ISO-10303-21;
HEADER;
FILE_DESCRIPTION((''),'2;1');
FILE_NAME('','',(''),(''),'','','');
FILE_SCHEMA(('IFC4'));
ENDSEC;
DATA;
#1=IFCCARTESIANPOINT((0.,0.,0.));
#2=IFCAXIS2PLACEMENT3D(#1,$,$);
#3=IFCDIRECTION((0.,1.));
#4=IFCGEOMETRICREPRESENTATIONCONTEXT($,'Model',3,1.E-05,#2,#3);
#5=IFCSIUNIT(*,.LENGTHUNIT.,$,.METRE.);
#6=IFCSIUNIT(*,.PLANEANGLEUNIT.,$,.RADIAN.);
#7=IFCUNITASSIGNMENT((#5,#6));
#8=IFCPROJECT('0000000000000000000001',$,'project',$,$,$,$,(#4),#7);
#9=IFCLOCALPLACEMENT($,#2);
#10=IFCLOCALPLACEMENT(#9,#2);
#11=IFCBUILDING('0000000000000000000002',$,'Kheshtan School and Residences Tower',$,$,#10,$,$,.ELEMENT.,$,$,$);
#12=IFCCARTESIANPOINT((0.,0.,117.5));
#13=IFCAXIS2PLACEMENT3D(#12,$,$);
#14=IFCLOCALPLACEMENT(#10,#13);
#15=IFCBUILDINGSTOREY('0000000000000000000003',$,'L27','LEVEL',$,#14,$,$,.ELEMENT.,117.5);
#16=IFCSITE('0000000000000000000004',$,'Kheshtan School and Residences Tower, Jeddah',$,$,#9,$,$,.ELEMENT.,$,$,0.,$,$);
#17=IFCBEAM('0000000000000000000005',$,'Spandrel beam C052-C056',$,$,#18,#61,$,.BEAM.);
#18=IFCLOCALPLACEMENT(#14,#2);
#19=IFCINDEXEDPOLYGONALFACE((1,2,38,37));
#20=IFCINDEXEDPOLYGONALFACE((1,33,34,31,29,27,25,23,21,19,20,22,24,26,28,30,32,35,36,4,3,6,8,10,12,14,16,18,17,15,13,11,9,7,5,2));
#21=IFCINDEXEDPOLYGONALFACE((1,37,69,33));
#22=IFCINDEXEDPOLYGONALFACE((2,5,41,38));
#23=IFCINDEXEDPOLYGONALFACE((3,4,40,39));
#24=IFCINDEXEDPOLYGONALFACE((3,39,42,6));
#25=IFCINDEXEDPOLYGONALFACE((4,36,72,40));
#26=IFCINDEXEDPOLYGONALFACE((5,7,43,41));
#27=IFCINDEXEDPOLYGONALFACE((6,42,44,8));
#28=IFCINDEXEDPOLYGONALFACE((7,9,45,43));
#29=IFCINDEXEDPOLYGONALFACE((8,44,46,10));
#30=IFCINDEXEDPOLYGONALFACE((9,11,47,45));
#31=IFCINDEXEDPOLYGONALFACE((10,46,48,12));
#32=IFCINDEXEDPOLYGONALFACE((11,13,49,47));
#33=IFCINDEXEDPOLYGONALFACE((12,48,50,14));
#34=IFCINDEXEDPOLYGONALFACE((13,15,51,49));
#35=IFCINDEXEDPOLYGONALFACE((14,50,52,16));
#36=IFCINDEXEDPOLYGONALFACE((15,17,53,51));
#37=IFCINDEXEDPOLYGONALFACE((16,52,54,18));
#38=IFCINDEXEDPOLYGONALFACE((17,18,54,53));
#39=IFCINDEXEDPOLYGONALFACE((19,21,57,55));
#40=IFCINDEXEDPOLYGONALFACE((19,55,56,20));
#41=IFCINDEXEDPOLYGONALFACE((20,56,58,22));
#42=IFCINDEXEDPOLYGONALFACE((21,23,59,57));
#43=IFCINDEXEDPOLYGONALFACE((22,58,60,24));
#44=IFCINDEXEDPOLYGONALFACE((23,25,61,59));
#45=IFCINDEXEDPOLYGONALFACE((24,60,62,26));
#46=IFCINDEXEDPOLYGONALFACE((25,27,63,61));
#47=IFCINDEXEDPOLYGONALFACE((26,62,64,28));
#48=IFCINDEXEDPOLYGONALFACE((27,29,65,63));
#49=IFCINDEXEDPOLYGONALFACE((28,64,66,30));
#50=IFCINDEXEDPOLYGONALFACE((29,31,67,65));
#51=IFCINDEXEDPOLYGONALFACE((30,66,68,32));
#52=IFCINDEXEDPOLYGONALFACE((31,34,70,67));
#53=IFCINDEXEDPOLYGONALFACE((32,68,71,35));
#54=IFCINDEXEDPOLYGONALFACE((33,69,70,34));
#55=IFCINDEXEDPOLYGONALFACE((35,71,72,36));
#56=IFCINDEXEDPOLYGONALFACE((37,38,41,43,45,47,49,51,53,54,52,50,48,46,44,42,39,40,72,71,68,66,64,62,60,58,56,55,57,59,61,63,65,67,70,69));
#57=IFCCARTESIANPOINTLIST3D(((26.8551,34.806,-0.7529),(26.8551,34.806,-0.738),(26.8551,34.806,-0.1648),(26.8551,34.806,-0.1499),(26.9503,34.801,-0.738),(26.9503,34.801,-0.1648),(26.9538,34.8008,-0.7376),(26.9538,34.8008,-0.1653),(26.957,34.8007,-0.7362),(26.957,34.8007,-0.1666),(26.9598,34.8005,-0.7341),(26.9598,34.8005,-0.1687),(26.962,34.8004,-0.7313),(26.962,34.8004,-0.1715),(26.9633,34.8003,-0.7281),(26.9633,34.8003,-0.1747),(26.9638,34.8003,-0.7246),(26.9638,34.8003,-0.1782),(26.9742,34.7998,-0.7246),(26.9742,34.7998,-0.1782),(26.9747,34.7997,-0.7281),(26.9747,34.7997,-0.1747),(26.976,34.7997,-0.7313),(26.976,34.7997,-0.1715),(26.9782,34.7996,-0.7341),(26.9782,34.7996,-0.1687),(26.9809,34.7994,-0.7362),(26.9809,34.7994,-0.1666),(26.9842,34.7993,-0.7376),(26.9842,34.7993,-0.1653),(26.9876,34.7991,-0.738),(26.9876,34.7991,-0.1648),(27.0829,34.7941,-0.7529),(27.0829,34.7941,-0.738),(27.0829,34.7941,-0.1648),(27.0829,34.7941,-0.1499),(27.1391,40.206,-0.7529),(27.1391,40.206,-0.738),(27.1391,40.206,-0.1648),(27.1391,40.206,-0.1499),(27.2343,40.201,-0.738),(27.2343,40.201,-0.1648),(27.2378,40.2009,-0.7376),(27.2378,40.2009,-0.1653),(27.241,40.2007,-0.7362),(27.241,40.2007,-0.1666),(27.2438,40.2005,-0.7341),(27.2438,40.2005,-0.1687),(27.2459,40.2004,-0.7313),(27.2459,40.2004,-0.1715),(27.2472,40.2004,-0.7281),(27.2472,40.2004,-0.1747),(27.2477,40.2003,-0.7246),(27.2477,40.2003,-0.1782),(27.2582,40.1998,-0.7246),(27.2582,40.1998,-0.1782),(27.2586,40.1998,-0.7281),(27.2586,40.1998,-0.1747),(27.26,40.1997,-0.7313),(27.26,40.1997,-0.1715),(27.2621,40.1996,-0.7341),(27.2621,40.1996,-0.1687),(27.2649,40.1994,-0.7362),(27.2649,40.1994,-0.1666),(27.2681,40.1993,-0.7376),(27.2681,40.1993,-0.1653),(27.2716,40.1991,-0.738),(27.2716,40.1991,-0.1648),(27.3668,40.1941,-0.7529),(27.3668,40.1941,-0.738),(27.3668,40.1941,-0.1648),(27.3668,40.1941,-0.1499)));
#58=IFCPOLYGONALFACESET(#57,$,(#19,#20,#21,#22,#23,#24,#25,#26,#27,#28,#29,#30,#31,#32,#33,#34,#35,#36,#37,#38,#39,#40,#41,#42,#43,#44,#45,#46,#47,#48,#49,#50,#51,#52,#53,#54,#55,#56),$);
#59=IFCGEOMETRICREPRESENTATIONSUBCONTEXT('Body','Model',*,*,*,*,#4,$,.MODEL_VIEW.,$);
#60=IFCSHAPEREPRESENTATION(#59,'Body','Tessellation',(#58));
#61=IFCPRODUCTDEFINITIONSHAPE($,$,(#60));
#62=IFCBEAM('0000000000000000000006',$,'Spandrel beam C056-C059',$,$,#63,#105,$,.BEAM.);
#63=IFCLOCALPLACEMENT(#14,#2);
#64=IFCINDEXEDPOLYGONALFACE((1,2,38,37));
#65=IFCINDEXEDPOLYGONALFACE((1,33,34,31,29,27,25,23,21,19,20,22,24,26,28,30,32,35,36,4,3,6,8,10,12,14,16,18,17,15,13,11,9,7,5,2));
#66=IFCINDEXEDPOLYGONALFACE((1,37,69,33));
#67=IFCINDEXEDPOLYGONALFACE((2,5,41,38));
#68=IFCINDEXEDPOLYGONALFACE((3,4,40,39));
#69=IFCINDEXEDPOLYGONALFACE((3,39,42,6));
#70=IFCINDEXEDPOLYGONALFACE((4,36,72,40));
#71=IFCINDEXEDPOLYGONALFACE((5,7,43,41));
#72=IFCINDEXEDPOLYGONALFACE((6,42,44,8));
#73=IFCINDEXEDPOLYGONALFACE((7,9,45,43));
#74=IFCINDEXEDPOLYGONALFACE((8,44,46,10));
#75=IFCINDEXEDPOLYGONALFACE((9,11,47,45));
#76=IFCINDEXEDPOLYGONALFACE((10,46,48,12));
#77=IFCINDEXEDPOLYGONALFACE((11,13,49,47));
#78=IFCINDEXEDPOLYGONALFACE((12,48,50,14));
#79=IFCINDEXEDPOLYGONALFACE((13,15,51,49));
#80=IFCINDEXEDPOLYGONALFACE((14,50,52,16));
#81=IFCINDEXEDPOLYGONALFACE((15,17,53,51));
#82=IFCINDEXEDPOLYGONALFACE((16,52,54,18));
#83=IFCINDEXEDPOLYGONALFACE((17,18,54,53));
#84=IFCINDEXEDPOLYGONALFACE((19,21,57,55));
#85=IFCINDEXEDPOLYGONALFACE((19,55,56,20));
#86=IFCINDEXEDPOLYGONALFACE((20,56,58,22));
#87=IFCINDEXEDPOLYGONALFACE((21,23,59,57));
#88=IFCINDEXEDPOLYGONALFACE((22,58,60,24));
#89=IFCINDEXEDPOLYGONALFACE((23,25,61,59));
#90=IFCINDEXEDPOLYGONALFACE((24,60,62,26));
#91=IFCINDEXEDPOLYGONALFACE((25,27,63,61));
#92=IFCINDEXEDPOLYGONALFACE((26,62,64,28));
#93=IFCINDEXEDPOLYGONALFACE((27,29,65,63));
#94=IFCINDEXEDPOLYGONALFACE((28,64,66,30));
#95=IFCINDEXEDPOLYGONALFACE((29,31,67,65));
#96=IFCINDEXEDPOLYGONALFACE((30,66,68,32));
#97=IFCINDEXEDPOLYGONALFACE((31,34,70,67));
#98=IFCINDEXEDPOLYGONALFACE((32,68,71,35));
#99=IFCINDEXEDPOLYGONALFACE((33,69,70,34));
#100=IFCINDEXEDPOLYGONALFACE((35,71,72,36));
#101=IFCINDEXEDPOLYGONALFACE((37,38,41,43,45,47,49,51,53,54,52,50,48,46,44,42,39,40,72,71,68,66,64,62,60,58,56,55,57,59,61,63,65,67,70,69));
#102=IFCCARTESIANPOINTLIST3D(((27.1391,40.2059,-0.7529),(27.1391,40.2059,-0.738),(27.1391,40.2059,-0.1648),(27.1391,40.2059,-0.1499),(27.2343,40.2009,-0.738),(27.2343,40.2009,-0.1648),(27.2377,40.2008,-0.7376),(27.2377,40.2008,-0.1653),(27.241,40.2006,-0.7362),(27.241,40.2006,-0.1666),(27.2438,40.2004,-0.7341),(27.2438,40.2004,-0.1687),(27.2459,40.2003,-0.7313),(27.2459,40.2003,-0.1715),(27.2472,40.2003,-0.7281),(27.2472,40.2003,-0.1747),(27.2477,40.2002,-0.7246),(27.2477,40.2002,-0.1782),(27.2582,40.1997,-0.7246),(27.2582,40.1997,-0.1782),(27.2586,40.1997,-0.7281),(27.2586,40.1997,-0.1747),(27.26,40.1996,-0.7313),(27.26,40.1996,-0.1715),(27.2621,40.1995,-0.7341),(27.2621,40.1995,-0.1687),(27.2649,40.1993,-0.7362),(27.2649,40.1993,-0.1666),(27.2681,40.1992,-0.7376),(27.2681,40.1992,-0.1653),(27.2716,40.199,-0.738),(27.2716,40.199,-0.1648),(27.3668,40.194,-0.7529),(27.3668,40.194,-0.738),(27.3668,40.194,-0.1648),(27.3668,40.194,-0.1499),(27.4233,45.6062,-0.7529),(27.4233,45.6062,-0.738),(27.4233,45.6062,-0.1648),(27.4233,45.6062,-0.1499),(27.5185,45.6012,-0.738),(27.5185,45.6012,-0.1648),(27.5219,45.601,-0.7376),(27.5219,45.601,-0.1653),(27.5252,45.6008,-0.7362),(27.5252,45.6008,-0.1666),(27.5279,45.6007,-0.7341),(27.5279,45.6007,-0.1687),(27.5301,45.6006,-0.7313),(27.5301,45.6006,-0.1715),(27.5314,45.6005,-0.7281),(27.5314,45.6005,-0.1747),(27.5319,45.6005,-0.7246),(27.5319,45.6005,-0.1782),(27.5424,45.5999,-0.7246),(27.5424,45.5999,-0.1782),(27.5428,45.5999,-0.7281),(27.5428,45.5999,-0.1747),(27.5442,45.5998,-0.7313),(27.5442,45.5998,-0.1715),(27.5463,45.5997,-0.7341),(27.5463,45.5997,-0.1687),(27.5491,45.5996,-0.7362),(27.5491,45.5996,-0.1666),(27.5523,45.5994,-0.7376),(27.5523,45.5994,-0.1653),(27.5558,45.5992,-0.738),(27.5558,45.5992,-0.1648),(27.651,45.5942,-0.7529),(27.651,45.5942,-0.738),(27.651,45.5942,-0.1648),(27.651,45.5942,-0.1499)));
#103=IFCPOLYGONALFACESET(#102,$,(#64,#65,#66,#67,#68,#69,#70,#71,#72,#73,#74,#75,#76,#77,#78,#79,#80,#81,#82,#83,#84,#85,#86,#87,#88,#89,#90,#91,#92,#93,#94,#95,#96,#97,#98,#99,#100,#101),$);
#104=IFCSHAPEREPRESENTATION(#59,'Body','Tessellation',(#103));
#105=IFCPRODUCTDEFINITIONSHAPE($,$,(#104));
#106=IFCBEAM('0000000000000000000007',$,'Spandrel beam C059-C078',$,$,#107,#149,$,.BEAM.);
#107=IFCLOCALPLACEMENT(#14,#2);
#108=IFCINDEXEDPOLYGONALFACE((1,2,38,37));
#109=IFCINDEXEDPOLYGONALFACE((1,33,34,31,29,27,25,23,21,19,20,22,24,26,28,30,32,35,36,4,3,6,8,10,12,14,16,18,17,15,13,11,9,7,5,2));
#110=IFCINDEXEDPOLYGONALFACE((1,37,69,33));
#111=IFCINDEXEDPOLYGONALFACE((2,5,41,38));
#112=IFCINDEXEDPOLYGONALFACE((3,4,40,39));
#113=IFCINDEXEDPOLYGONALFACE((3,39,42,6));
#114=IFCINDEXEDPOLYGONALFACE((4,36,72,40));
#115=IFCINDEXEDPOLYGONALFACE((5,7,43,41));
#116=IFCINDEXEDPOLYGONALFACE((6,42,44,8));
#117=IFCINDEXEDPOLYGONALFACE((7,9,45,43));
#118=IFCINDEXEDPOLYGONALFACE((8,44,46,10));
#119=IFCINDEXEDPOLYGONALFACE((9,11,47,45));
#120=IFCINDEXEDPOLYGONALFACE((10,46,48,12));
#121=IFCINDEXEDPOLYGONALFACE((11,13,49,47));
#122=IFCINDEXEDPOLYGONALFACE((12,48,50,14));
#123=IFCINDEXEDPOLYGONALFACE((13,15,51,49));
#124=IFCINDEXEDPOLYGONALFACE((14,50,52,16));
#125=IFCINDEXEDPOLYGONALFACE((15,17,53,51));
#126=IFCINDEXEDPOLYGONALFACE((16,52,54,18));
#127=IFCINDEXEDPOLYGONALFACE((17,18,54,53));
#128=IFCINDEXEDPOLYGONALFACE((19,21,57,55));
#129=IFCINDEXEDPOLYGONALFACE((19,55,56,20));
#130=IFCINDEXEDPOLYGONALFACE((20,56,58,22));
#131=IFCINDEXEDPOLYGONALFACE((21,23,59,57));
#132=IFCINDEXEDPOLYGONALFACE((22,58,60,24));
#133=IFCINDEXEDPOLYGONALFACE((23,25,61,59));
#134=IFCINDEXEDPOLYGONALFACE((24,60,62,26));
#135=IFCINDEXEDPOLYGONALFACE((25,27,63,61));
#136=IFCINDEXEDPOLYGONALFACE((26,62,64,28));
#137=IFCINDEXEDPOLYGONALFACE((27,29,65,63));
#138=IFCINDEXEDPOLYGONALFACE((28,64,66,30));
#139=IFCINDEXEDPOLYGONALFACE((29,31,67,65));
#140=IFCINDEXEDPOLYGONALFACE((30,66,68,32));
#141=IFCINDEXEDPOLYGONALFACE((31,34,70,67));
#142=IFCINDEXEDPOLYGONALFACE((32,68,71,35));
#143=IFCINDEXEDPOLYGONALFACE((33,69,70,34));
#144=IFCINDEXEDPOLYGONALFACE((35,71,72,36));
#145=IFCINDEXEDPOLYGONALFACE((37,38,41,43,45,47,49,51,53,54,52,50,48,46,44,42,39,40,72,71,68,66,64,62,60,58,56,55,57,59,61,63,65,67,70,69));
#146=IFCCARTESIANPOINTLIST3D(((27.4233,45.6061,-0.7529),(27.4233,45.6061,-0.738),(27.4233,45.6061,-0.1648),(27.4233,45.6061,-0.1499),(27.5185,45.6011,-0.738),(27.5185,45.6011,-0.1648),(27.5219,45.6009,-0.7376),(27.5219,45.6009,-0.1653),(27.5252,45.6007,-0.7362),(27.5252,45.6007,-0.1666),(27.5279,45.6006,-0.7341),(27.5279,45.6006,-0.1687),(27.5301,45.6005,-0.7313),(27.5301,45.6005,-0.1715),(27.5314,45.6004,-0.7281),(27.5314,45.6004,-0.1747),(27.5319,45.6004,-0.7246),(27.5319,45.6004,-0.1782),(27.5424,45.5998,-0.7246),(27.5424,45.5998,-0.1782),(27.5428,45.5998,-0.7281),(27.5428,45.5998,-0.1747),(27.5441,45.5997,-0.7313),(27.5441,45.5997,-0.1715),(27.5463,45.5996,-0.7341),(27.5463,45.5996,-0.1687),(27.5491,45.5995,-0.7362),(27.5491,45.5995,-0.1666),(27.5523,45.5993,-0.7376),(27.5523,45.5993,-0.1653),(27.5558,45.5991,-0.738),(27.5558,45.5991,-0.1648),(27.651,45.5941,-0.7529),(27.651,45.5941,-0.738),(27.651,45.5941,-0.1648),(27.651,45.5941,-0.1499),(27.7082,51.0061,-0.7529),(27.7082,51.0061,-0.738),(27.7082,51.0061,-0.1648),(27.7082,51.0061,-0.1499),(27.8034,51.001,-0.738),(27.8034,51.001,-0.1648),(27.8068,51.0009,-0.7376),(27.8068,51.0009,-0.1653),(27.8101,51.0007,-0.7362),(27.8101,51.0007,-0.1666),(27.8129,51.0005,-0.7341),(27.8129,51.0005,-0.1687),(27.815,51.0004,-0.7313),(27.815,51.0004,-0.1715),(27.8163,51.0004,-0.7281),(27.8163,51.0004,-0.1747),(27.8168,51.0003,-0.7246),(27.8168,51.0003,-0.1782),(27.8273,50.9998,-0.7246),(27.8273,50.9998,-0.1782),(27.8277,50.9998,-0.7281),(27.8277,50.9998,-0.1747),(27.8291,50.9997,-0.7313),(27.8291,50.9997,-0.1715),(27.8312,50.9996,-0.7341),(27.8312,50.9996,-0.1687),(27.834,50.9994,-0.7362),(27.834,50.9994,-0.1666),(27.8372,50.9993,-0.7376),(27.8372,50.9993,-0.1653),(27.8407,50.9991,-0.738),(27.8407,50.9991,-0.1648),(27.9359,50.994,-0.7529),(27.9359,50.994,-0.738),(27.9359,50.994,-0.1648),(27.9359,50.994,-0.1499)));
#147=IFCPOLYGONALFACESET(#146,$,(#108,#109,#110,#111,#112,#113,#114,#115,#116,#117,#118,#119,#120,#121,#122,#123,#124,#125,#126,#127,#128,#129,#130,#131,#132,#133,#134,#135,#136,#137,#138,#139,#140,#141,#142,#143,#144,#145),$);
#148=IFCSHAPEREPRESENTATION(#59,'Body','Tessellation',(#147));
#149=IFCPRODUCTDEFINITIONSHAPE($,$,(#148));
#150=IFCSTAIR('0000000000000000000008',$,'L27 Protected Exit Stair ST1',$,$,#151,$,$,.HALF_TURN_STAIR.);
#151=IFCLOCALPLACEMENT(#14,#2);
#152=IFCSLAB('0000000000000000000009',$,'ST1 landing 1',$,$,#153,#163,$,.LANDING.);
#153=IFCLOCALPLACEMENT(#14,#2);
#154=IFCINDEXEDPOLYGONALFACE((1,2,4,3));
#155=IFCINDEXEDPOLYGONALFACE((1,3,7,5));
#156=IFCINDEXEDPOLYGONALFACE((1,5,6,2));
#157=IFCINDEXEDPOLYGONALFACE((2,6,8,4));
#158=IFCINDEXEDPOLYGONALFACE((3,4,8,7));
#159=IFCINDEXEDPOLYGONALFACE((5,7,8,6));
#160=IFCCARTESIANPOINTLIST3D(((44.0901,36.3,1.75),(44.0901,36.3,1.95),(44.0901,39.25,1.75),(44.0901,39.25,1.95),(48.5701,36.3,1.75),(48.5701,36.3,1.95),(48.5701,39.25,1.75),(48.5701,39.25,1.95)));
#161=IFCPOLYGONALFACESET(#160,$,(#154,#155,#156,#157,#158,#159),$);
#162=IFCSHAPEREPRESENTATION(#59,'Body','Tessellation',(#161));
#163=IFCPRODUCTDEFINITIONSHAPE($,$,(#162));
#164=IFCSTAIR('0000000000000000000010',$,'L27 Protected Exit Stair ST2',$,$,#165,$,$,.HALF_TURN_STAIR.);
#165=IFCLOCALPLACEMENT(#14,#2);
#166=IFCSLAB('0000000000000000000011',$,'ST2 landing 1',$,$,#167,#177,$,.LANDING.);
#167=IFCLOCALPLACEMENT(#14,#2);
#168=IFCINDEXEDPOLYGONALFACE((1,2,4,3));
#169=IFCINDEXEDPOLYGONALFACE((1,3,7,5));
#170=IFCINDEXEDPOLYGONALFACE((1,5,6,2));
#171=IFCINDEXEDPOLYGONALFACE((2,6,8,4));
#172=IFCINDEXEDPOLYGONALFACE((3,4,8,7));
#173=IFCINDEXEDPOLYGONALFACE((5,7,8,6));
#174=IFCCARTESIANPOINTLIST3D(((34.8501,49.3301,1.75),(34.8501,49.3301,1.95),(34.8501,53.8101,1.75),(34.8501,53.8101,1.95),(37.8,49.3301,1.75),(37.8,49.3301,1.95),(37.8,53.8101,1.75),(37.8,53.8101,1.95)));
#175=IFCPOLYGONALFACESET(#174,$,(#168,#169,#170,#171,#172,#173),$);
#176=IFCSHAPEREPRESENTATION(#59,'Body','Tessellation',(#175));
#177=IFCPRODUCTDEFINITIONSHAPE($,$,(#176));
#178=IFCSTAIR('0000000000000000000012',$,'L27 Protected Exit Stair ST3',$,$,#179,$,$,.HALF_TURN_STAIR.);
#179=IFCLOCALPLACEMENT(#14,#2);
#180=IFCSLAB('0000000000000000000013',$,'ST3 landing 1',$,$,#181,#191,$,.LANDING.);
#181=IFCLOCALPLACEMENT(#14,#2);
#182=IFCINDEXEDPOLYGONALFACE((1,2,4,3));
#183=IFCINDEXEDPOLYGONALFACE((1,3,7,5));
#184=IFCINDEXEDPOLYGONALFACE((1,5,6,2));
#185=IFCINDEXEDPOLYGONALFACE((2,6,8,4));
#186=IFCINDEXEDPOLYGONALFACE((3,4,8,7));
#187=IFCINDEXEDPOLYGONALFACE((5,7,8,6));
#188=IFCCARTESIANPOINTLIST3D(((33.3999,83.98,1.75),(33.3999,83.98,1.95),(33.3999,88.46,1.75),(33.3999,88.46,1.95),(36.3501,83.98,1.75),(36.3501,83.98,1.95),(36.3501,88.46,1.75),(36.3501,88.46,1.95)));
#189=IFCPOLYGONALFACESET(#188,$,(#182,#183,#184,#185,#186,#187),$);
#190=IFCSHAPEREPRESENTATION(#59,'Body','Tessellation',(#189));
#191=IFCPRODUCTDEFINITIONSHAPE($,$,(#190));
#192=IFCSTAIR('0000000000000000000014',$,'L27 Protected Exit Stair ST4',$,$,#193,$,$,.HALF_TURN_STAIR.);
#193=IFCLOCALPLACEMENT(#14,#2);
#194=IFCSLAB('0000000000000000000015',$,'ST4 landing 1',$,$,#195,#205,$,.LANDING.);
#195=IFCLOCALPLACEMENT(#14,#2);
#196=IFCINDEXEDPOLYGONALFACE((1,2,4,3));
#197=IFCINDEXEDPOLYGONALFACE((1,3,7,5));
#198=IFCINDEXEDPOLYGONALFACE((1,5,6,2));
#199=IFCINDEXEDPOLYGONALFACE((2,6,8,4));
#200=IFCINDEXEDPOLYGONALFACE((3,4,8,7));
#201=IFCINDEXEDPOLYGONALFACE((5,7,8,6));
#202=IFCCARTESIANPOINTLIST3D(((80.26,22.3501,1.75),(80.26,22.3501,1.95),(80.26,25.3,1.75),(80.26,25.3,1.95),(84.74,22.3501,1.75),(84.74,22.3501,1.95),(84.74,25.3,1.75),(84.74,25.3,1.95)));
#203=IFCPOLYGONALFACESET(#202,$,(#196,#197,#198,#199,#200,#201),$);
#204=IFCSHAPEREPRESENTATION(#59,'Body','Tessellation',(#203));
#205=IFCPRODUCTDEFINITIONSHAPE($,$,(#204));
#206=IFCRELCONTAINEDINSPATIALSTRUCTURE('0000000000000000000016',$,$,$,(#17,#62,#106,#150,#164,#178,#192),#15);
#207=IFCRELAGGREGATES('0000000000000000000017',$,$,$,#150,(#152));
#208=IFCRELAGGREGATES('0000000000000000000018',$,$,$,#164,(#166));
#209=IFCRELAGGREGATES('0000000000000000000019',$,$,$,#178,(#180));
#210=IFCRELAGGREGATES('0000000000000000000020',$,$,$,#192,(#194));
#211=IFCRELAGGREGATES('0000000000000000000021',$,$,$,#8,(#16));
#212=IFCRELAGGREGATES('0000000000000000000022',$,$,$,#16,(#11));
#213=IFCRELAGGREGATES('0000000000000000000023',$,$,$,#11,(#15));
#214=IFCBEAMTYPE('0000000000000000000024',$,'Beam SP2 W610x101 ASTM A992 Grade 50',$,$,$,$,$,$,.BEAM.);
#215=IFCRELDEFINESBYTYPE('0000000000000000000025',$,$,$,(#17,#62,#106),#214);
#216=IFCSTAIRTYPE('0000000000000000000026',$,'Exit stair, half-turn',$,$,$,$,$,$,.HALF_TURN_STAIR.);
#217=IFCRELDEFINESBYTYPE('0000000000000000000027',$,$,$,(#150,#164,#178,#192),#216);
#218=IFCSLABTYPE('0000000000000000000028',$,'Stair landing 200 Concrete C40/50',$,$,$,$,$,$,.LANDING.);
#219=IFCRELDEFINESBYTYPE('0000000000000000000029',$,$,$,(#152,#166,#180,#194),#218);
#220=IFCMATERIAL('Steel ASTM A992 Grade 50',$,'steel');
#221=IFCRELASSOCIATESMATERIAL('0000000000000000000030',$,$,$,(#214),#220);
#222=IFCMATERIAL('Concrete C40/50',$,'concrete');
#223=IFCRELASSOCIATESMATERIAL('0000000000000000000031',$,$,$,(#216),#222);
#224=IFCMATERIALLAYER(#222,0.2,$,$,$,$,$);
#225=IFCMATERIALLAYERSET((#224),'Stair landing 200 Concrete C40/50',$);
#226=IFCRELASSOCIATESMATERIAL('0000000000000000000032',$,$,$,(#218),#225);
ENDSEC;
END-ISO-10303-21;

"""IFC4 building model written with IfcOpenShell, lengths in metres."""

from ifc_helpers import new_model, si_unit, direction, frame, origin, origin_2d, place, context, subcontext, project, spatial, polyline, i_section, outline, extrude, material, layer, layer_set, material_profile, profile_set, type_object, element, aggregate, save


model = new_model("IFC4")

# Units and contexts
model_context = context("Model", 3, precision=1e-05, world=origin(), true_north=direction((0.0, 1.0)))
body_context = subcontext(model_context, "Body", "Model", "MODEL_VIEW")
ifc_project = project(units=[si_unit("LENGTHUNIT", "METRE"), si_unit("PLANEANGLEUNIT", "RADIAN")], contexts=[model_context])

# Site, building, storey
site_placement = place(None, origin())
site = spatial("IfcSite", under=ifc_project, at=site_placement, Name="Kheshtan School and Residences Tower, Jeddah", CompositionType="ELEMENT", RefElevation=0.0)
building_placement = place(site_placement, origin())
building = spatial("IfcBuilding", under=site, at=building_placement, Name="Kheshtan School and Residences Tower", CompositionType="ELEMENT")
storey_placement = place(building_placement, frame((0.0, 0.0, 117.5)))
storey = spatial("IfcBuildingStorey", under=building, at=storey_placement, Name="L27", Description="LEVEL", CompositionType="ELEMENT", Elevation=117.5)

# Shared definitions
ifc_material_1 = material(Name="Steel ASTM A992 Grade 50", Category="steel")

# Beams
ifc_material_profile_1 = material_profile(ifc_material_1, i_section(OverallWidth=0.228, OverallDepth=0.603, WebThickness=0.0105, FlangeThickness=0.0149, FilletRadius=0.0134, at=origin_2d()), Name="W610x101")
ifc_profile_set_1 = profile_set([ifc_material_profile_1], Name="Steel ASTM A992 Grade 50")
beam_type_1 = type_object("IfcBeamType", Name="Beam SP2 W610x101 ASTM A992 Grade 50", PredefinedType="BEAM", material=ifc_profile_set_1)
beam_1_placement = place(storey_placement, frame((26.969, 34.8, -0.4514), z_axis=(0.052509, 0.99862, 0.0), x_axis=(-0.99862, 0.052509, 0.0)))
element("IfcBeam", 1, at=beam_1_placement, inside=storey, type_object=beam_type_1, Name="Spandrel beam C052-C056", PredefinedType="BEAM", context=body_context, shape_type="SweptSolid", body=[
    extrude(i_section(OverallWidth=0.228, OverallDepth=0.603, WebThickness=0.0105, FlangeThickness=0.0149, FilletRadius=0.0134, at=origin_2d()), origin(), (0.0, 0.0, 1.0), 5.4075),
])
beam_2_placement = place(storey_placement, frame((27.2529, 40.2, -0.4514), z_axis=(0.052552, 0.998618, 0.0), x_axis=(-0.998618, 0.052552, 0.0)))
element("IfcBeam", 2, at=beam_2_placement, inside=storey, type_object=beam_type_1, Name="Spandrel beam C056-C059", PredefinedType="BEAM", context=body_context, shape_type="SweptSolid", body=[
    extrude(i_section(OverallWidth=0.228, OverallDepth=0.603, WebThickness=0.0105, FlangeThickness=0.0149, FilletRadius=0.0134, at=origin_2d()), origin(), (0.0, 0.0, 1.0), 5.4077),
])
beam_3_placement = place(storey_placement, frame((27.5371, 45.6001, -0.4514), z_axis=(0.052689, 0.998611, 0.0), x_axis=(-0.998611, 0.052689, 0.0)))
element("IfcBeam", 3, at=beam_3_placement, inside=storey, type_object=beam_type_1, Name="Spandrel beam C059-C078", PredefinedType="BEAM", context=body_context, shape_type="SweptSolid", body=[
    extrude(i_section(OverallWidth=0.228, OverallDepth=0.603, WebThickness=0.0105, FlangeThickness=0.0149, FilletRadius=0.0134, at=origin_2d()), origin(), (0.0, 0.0, 1.0), 5.4075),
])

# Shared definitions
ifc_material_2 = material(Name="Concrete C40/50", Category="concrete")

# Stairs, slabs
stair_type = type_object("IfcStairType", Name="Exit stair, half-turn", PredefinedType="HALF_TURN_STAIR", material=ifc_material_2)
stair_1_placement = place(storey_placement, origin())
stair_1 = element("IfcStair", 4, at=stair_1_placement, inside=storey, type_object=stair_type, Name="L27 Protected Exit Stair ST1", PredefinedType="HALF_TURN_STAIR")
ifc_layer_1 = layer(ifc_material_2, 0.2)
ifc_layer_set_1 = layer_set([ifc_layer_1], Name="Stair landing 200 Concrete C40/50")
slab_type_1 = type_object("IfcSlabType", Name="Stair landing 200 Concrete C40/50", PredefinedType="LANDING", material=ifc_layer_set_1)
slab_1_placement = place(storey_placement, frame((0.0, 0.0, 1.75)))
slab_1 = element("IfcSlab", 5, at=slab_1_placement, type_object=slab_type_1, Name="ST1 landing 1", PredefinedType="LANDING", context=body_context, shape_type="SweptSolid", body=[
    extrude(outline(polyline([(48.5701, 39.25), (44.0901, 39.25), (44.0901, 36.3), (48.5701, 36.3), (48.5701, 39.25)])), origin(), (0.0, 0.0, 1.0), 0.2),
])
aggregate(stair_1, [slab_1])
stair_2_placement = place(storey_placement, origin())
stair_2 = element("IfcStair", 6, at=stair_2_placement, inside=storey, type_object=stair_type, Name="L27 Protected Exit Stair ST2", PredefinedType="HALF_TURN_STAIR")
slab_2_placement = place(storey_placement, frame((0.0, 0.0, 1.75)))
slab_2 = element("IfcSlab", 7, at=slab_2_placement, type_object=slab_type_1, Name="ST2 landing 1", PredefinedType="LANDING", context=body_context, shape_type="SweptSolid", body=[
    extrude(outline(polyline([(37.8, 49.3301), (37.8, 53.8101), (34.8501, 53.8101), (34.8501, 49.3301), (37.8, 49.3301)])), origin(), (0.0, 0.0, 1.0), 0.2),
])
aggregate(stair_2, [slab_2])
stair_3_placement = place(storey_placement, origin())
stair_3 = element("IfcStair", 8, at=stair_3_placement, inside=storey, type_object=stair_type, Name="L27 Protected Exit Stair ST3", PredefinedType="HALF_TURN_STAIR")
slab_3_placement = place(storey_placement, frame((0.0, 0.0, 1.75)))
slab_3 = element("IfcSlab", 9, at=slab_3_placement, type_object=slab_type_1, Name="ST3 landing 1", PredefinedType="LANDING", context=body_context, shape_type="SweptSolid", body=[
    extrude(outline(polyline([(36.3501, 83.98), (36.3501, 88.46), (33.3999, 88.46), (33.3999, 83.98), (36.3501, 83.98)])), origin(), (0.0, 0.0, 1.0), 0.2),
])
aggregate(stair_3, [slab_3])
stair_4_placement = place(storey_placement, origin())
stair_4 = element("IfcStair", 10, at=stair_4_placement, inside=storey, type_object=stair_type, Name="L27 Protected Exit Stair ST4", PredefinedType="HALF_TURN_STAIR")
slab_4_placement = place(storey_placement, frame((0.0, 0.0, 1.75)))
slab_4 = element("IfcSlab", 11, at=slab_4_placement, type_object=slab_type_1, Name="ST4 landing 1", PredefinedType="LANDING", context=body_context, shape_type="SweptSolid", body=[
    extrude(outline(polyline([(84.74, 25.3), (80.26, 25.3), (80.26, 22.3501), (84.74, 22.3501), (84.74, 25.3)])), origin(), (0.0, 0.0, 1.0), 0.2),
])
aggregate(stair_4, [slab_4])

save(model, "model.ifc")
